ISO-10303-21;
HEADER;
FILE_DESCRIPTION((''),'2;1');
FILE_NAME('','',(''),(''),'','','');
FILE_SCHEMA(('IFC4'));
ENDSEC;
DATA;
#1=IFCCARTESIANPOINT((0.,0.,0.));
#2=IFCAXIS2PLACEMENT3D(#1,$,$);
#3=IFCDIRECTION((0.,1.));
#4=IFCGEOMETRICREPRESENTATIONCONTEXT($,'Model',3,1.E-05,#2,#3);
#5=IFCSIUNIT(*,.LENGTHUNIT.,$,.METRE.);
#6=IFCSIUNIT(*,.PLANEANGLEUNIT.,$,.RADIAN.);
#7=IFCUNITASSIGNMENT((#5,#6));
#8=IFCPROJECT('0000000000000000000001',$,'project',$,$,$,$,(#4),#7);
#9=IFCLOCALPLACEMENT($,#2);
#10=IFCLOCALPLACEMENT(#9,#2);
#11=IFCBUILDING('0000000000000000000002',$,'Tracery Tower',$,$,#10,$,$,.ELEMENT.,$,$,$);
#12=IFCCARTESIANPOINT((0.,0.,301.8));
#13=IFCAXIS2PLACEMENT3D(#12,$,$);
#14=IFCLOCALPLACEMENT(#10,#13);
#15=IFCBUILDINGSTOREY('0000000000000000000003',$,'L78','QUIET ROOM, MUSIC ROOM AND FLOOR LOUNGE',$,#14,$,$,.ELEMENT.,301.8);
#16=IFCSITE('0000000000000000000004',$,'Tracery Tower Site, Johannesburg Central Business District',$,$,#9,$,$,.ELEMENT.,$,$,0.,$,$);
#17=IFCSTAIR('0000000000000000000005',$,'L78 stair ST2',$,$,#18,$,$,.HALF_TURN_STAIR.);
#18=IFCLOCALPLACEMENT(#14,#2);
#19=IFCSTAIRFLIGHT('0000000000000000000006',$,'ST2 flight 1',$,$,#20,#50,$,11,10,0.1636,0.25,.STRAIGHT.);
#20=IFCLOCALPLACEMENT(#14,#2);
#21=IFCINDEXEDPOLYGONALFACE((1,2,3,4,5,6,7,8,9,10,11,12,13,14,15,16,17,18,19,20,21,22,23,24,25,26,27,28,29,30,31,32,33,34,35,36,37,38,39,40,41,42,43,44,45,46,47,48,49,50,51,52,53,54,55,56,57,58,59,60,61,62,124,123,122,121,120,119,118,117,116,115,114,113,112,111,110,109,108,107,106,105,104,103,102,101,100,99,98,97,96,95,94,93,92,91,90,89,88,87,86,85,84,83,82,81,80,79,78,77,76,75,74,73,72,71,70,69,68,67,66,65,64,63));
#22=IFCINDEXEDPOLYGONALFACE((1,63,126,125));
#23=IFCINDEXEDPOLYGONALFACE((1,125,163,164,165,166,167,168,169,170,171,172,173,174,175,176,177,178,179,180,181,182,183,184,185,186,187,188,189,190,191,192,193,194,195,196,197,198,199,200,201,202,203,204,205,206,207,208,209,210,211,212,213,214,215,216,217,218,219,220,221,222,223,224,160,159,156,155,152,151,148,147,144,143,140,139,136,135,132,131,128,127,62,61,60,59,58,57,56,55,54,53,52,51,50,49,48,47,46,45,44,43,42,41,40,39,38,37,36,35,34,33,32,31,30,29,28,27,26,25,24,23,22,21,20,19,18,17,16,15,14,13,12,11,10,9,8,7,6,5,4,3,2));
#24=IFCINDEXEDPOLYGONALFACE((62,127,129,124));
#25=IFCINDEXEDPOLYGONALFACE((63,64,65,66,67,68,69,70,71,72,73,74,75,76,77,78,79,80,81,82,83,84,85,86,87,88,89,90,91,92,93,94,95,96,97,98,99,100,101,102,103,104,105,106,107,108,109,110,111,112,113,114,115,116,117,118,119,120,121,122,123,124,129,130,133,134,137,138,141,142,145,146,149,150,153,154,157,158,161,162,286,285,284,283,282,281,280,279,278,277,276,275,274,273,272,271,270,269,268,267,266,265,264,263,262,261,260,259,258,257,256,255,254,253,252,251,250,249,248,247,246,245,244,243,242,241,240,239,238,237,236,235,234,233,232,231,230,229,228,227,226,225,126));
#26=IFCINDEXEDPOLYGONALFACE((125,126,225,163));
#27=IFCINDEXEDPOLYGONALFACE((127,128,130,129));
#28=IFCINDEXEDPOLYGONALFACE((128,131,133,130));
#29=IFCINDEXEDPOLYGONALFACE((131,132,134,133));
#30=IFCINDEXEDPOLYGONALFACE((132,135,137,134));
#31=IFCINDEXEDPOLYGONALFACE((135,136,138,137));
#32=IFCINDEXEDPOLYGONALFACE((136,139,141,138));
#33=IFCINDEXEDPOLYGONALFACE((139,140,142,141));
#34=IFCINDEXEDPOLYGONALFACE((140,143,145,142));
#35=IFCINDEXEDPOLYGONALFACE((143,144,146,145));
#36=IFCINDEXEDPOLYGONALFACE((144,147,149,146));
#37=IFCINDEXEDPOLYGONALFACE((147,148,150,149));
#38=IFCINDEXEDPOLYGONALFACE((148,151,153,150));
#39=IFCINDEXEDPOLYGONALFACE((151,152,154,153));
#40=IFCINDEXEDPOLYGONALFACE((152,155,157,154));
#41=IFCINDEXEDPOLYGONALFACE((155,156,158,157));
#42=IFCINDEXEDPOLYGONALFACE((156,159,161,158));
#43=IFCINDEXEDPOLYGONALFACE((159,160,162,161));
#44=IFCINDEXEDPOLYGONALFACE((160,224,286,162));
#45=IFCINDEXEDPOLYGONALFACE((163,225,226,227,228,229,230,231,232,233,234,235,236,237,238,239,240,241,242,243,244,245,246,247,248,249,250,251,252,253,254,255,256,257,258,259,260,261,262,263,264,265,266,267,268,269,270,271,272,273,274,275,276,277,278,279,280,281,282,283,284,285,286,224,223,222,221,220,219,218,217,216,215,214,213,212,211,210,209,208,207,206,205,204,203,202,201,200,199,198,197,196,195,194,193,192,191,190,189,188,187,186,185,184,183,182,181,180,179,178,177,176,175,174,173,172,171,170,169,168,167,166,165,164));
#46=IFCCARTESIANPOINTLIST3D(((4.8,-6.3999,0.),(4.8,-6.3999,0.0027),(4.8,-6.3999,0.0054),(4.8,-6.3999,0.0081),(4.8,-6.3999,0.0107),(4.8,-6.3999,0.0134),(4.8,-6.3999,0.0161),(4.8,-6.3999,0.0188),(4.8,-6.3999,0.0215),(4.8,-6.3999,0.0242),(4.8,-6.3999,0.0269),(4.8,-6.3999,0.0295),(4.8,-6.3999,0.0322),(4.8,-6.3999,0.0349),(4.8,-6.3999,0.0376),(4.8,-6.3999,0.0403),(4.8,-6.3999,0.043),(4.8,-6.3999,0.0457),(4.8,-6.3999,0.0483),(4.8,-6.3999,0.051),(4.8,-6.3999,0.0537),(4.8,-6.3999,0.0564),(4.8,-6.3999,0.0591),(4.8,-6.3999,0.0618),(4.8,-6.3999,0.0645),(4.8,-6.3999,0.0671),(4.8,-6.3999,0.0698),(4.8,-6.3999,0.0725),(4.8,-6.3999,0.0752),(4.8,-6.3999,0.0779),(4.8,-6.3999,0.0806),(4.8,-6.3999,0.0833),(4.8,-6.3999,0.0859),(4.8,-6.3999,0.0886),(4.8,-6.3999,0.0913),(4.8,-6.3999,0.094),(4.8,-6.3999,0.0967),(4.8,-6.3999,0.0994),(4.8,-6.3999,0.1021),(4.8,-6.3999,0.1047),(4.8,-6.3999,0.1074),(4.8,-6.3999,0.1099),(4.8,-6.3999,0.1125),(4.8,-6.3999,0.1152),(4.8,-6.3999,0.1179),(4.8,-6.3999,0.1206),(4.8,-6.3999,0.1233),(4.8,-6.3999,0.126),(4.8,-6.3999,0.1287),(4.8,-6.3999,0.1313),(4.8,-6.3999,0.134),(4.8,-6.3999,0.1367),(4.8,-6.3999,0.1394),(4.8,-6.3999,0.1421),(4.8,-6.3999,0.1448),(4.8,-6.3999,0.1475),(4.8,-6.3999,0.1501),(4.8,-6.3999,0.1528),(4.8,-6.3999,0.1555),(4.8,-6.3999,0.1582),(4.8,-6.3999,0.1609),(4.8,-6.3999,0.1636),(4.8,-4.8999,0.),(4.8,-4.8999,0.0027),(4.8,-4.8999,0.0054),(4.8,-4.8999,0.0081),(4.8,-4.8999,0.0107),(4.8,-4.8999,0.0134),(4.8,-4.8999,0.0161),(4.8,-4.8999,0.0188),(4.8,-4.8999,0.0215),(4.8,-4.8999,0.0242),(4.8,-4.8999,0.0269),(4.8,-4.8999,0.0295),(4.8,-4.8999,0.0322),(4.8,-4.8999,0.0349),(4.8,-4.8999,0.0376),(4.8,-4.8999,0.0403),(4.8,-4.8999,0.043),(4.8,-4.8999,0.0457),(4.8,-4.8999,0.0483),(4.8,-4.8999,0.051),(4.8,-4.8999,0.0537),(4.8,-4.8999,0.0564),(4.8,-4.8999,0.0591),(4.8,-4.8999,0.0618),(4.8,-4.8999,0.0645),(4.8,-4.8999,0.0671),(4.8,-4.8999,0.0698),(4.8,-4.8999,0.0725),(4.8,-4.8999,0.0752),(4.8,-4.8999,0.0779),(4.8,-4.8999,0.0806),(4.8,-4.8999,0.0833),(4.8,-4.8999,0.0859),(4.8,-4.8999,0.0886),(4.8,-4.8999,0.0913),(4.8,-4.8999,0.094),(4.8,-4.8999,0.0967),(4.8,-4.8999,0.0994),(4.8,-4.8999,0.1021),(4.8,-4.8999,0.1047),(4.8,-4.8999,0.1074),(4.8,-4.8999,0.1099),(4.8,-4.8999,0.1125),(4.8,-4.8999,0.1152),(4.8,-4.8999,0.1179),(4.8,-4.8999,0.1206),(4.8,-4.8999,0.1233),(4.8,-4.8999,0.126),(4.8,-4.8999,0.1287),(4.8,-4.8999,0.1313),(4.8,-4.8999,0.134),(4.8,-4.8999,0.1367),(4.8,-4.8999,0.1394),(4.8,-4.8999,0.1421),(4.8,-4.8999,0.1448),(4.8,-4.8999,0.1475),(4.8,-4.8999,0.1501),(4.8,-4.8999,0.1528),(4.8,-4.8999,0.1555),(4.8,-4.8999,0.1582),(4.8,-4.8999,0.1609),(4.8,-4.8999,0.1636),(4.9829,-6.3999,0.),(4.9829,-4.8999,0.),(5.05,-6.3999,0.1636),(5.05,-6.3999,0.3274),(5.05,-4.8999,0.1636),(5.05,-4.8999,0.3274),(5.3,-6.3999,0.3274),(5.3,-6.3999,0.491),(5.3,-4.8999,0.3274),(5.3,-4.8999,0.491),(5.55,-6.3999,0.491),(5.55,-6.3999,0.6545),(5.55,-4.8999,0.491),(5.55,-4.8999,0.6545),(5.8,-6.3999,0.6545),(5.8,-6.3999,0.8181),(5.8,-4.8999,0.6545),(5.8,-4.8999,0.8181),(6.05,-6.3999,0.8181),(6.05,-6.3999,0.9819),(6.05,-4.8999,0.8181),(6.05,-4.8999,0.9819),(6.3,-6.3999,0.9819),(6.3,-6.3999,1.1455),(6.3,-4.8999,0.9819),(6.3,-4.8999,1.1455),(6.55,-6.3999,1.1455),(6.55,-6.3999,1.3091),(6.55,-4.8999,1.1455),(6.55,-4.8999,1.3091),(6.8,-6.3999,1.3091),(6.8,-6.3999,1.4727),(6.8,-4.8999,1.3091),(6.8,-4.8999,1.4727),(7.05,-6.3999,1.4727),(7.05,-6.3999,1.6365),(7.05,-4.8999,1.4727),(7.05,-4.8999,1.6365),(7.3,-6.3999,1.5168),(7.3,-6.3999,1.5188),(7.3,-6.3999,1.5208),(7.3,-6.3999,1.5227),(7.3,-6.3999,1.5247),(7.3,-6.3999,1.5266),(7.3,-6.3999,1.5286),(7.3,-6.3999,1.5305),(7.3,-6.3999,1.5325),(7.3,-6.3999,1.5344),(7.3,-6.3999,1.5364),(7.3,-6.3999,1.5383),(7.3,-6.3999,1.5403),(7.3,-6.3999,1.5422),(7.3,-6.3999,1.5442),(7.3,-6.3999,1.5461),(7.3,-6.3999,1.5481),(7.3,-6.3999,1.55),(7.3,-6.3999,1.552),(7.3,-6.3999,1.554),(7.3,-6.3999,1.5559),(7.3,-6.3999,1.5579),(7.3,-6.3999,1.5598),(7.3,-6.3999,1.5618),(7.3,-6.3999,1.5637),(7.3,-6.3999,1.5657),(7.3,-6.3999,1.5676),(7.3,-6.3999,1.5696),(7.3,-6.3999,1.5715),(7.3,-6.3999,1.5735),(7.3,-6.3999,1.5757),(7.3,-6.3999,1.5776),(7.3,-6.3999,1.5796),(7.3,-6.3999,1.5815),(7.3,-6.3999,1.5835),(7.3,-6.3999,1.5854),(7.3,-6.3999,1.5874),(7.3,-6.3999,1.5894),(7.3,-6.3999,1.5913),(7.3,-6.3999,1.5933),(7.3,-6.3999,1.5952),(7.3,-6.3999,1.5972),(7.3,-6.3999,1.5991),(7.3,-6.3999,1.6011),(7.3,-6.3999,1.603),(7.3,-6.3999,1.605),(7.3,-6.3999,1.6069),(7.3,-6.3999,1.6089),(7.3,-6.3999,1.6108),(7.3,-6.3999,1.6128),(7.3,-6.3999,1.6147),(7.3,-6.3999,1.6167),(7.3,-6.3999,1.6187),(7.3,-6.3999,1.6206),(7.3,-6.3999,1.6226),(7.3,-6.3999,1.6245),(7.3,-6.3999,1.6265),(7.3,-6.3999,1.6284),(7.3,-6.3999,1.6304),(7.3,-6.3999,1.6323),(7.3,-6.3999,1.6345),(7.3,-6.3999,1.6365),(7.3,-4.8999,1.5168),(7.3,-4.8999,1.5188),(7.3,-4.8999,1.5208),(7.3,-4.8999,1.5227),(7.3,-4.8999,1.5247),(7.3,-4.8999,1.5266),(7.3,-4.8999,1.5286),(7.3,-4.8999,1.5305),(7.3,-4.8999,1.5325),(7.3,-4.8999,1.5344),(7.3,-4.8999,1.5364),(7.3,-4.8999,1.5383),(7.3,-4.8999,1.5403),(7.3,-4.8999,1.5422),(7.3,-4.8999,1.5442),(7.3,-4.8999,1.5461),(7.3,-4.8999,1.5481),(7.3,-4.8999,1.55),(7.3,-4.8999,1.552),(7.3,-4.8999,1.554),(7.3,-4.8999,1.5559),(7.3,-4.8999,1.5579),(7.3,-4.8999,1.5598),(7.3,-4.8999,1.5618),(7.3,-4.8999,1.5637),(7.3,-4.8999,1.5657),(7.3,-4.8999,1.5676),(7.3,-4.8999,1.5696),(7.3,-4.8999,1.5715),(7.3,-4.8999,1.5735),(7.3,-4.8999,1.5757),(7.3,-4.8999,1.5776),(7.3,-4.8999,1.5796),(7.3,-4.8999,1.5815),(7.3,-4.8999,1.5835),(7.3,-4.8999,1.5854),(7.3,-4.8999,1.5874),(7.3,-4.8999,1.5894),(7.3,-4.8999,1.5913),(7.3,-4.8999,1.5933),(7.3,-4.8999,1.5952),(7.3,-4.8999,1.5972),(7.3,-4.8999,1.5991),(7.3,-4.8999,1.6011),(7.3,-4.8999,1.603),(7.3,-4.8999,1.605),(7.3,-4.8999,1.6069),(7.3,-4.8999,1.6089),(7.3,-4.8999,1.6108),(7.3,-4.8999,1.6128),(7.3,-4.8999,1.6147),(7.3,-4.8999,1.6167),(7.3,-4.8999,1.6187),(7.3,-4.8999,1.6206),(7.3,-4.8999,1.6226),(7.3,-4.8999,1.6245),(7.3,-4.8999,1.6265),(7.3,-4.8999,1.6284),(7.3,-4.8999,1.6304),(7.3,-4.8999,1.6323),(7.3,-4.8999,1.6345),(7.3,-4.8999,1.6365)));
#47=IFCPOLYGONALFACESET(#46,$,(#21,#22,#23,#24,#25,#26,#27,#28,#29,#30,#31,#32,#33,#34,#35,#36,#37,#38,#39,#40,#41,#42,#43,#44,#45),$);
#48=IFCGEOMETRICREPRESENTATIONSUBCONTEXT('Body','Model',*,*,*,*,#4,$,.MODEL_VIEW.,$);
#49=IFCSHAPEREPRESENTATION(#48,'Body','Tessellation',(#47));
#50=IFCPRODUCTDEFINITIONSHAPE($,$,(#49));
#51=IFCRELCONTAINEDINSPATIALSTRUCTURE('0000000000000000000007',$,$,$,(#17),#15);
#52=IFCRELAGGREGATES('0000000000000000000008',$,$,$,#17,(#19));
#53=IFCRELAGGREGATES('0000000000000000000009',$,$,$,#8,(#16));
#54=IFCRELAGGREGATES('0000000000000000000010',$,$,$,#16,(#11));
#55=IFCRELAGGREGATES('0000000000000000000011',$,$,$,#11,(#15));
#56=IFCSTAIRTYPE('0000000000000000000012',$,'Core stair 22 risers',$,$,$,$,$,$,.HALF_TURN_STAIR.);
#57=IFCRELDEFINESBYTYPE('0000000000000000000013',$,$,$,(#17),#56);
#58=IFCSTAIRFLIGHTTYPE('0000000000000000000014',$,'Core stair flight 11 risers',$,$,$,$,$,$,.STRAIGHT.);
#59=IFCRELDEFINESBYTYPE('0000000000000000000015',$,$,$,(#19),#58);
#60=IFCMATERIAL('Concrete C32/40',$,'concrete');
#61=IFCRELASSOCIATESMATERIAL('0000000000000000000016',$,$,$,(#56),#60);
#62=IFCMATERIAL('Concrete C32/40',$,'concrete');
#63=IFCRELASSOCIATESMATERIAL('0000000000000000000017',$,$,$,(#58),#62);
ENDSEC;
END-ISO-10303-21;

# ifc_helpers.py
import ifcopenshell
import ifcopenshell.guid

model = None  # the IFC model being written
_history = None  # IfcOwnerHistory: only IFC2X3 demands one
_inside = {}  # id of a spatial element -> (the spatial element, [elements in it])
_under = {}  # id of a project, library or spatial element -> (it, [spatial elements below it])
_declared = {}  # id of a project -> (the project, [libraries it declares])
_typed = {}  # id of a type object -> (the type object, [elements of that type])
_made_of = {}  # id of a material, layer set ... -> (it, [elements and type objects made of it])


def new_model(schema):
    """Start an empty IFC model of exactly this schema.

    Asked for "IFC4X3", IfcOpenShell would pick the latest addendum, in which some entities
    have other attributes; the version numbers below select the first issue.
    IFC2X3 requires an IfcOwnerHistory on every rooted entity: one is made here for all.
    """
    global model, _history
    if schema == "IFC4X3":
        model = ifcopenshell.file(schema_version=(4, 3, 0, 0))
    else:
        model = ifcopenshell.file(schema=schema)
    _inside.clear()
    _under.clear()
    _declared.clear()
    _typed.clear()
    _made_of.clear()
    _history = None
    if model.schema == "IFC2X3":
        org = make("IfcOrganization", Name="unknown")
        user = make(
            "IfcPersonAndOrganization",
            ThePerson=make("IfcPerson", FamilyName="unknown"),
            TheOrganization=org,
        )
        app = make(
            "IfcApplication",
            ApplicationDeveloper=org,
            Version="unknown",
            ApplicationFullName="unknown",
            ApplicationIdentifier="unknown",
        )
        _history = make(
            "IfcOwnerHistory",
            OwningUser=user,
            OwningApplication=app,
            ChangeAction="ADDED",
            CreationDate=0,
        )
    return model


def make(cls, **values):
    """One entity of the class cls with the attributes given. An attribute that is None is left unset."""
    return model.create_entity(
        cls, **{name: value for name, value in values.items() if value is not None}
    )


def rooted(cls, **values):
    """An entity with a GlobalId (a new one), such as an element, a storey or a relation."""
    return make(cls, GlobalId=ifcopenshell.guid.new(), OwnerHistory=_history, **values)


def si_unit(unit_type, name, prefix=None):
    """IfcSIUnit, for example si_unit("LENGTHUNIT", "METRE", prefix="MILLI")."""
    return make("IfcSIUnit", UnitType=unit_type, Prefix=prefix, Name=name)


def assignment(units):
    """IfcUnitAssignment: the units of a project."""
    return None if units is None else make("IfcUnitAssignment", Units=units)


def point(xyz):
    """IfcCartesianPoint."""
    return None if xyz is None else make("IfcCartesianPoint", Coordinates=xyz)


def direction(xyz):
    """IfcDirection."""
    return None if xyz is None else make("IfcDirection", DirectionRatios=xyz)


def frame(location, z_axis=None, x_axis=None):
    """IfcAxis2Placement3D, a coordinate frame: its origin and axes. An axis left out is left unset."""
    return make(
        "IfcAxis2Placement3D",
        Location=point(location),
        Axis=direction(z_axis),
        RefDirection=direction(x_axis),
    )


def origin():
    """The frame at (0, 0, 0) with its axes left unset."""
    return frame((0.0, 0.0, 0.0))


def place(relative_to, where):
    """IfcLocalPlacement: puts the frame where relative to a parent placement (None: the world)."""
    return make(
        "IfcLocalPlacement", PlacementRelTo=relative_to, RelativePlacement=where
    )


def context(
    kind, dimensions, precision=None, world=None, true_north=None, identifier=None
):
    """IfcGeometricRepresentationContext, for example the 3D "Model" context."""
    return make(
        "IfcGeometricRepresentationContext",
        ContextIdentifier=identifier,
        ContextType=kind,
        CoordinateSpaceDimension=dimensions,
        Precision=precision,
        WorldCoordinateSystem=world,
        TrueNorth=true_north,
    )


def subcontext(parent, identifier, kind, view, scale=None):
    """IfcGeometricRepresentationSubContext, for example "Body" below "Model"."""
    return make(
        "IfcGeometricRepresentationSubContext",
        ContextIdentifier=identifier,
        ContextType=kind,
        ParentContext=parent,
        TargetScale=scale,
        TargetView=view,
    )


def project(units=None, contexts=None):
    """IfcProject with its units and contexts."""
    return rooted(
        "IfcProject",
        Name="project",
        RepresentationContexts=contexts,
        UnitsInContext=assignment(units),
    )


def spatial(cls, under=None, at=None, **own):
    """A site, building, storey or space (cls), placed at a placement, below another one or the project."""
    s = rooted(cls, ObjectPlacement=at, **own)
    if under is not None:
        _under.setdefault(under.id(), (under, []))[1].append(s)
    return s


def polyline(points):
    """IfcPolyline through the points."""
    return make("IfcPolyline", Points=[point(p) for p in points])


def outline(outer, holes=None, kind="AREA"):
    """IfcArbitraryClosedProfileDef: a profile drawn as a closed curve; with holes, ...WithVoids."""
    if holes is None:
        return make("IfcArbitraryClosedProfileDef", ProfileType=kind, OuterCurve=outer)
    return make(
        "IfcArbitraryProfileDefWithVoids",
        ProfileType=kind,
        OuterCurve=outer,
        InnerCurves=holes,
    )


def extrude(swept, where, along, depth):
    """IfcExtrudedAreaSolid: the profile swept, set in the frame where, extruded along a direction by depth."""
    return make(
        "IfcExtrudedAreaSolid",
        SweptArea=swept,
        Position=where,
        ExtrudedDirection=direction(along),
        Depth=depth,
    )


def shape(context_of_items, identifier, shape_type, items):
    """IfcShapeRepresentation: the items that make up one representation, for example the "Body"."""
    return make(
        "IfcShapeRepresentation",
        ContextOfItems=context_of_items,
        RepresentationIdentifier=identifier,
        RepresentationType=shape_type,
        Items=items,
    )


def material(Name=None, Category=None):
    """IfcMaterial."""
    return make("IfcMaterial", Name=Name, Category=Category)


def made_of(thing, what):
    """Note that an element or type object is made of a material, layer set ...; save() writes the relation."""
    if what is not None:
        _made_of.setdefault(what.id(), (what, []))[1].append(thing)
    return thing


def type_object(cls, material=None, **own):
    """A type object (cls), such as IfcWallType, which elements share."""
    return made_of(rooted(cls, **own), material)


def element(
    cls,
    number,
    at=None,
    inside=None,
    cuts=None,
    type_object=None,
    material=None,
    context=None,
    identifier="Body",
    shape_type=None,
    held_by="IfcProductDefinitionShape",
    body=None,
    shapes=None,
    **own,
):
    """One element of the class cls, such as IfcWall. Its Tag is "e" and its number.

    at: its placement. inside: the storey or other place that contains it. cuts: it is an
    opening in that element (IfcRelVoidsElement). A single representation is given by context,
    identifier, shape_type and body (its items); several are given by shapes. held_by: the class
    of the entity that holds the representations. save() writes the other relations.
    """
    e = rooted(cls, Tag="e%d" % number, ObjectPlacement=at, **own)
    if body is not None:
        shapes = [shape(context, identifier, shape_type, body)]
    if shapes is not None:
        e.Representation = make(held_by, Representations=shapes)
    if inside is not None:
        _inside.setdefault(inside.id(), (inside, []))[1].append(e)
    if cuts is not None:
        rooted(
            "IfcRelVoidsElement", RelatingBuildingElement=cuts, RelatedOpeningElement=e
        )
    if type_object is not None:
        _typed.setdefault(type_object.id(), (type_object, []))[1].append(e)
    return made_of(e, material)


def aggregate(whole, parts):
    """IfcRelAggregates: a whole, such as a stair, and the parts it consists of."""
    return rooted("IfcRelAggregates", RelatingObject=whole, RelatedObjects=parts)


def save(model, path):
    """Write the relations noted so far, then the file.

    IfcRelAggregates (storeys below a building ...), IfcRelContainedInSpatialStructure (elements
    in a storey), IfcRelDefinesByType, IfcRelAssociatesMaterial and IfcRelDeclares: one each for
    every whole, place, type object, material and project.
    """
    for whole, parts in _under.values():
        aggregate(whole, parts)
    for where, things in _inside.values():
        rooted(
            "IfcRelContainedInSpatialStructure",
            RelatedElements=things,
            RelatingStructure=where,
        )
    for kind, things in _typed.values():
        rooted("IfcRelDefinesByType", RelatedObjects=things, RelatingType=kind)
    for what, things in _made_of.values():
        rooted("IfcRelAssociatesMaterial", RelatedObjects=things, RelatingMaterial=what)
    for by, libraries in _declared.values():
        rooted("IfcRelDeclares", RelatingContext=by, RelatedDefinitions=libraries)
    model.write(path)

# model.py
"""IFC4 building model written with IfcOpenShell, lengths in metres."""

from ifc_helpers import new_model, si_unit, direction, frame, origin, place, context, subcontext, project, spatial, polyline, outline, extrude, material, type_object, element, aggregate, save


model = new_model("IFC4")

# Units and contexts
model_context = context("Model", 3, precision=1e-05, world=origin(), true_north=direction((0.0, 1.0)))
body_context = subcontext(model_context, "Body", "Model", "MODEL_VIEW")
ifc_project = project(units=[si_unit("LENGTHUNIT", "METRE"), si_unit("PLANEANGLEUNIT", "RADIAN")], contexts=[model_context])

# Site, building, storey
site_placement = place(None, origin())
site = spatial("IfcSite", under=ifc_project, at=site_placement, Name="Tracery Tower Site, Johannesburg Central Business District", CompositionType="ELEMENT", RefElevation=0.0)
building_placement = place(site_placement, origin())
building = spatial("IfcBuilding", under=site, at=building_placement, Name="Tracery Tower", CompositionType="ELEMENT")
storey_placement = place(building_placement, frame((0.0, 0.0, 301.8)))
storey = spatial("IfcBuildingStorey", under=building, at=storey_placement, Name="L78", Description="QUIET ROOM, MUSIC ROOM AND FLOOR LOUNGE", CompositionType="ELEMENT", Elevation=301.8)

# Stair, stair flight
ifc_material_1 = material(Name="Concrete C32/40", Category="concrete")
stair_type = type_object("IfcStairType", Name="Core stair 22 risers", PredefinedType="HALF_TURN_STAIR", material=ifc_material_1)
stair_placement = place(storey_placement, origin())
stair = element("IfcStair", 1, at=stair_placement, inside=storey, type_object=stair_type, Name="L78 stair ST2", PredefinedType="HALF_TURN_STAIR")
ifc_material_2 = material(Name="Concrete C32/40", Category="concrete")
stair_flight_type = type_object("IfcStairFlightType", Name="Core stair flight 11 risers", PredefinedType="STRAIGHT", material=ifc_material_2)
stair_flight_placement = place(storey_placement, frame((4.8, -5.6499, 0.0), z_axis=(0.0, 0.0, 1.0), x_axis=(1.0, 0.0, 0.0)))
stair_flight = element("IfcStairFlight", 2, at=stair_flight_placement, type_object=stair_flight_type, Name="ST2 flight 1", NumberOfRisers=11, NumberOfTreads=10, PredefinedType="STRAIGHT", RiserHeight=0.1636, TreadLength=0.25, context=body_context, shape_type="SweptSolid", body=[
    extrude(outline(polyline([(0.0, 0.0), (0.0, 0.0027), (0.0, 0.0054), (0.0, 0.0081), (0.0, 0.0107), (0.0, 0.0134), (0.0, 0.0161), (0.0, 0.0188), (0.0, 0.0215), (0.0, 0.0242), (0.0, 0.0269), (0.0, 0.0295), (0.0, 0.0322), (0.0, 0.0349), (0.0, 0.0376), (0.0, 0.0403), (0.0, 0.043), (0.0, 0.0457), (0.0, 0.0483), (0.0, 0.051), (0.0, 0.0537), (0.0, 0.0564), (0.0, 0.0591), (0.0, 0.0618), (0.0, 0.0645), (0.0, 0.0671), (0.0, 0.0698), (0.0, 0.0725), (0.0, 0.0752), (0.0, 0.0779), (0.0, 0.0806), (0.0, 0.0833), (0.0, 0.0859), (0.0, 0.0886), (0.0, 0.0913), (0.0, 0.094), (0.0, 0.0967), (0.0, 0.0994), (0.0, 0.1021), (0.0, 0.1047), (0.0, 0.1074), (0.0, 0.1099), (0.0, 0.1125), (0.0, 0.1152), (0.0, 0.1179), (0.0, 0.1206), (0.0, 0.1233), (0.0, 0.126), (0.0, 0.1287), (0.0, 0.1313), (0.0, 0.134), (0.0, 0.1367), (0.0, 0.1394), (0.0, 0.1421), (0.0, 0.1448), (0.0, 0.1475), (0.0, 0.1501), (0.0, 0.1528), (0.0, 0.1555), (0.0, 0.1582), (0.0, 0.1609), (0.0, 0.1636), (0.25, 0.1636), (0.25, 0.3274), (0.5, 0.3274), (0.5, 0.491), (0.75, 0.491), (0.75, 0.6545), (1.0, 0.6545), (1.0, 0.8181), (1.25, 0.8181), (1.25, 0.9819), (1.5, 0.9819), (1.5, 1.1455), (1.75, 1.1455), (1.75, 1.3091), (2.0, 1.3091), (2.0, 1.4727), (2.25, 1.4727), (2.25, 1.6365), (2.5, 1.6365), (2.5, 1.6345), (2.5, 1.6323), (2.5, 1.6304), (2.5, 1.6284), (2.5, 1.6265), (2.5, 1.6245), (2.5, 1.6226), (2.5, 1.6206), (2.5, 1.6187), (2.5, 1.6167), (2.5, 1.6147), (2.5, 1.6128), (2.5, 1.6108), (2.5, 1.6089), (2.5, 1.6069), (2.5, 1.605), (2.5, 1.603), (2.5, 1.6011), (2.5, 1.5991), (2.5, 1.5972), (2.5, 1.5952), (2.5, 1.5933), (2.5, 1.5913), (2.5, 1.5894), (2.5, 1.5874), (2.5, 1.5854), (2.5, 1.5835), (2.5, 1.5815), (2.5, 1.5796), (2.5, 1.5776), (2.5, 1.5757), (2.5, 1.5735), (2.5, 1.5715), (2.5, 1.5696), (2.5, 1.5676), (2.5, 1.5657), (2.5, 1.5637), (2.5, 1.5618), (2.5, 1.5598), (2.5, 1.5579), (2.5, 1.5559), (2.5, 1.554), (2.5, 1.552), (2.5, 1.55), (2.5, 1.5481), (2.5, 1.5461), (2.5, 1.5442), (2.5, 1.5422), (2.5, 1.5403), (2.5, 1.5383), (2.5, 1.5364), (2.5, 1.5344), (2.5, 1.5325), (2.5, 1.5305), (2.5, 1.5286), (2.5, 1.5266), (2.5, 1.5247), (2.5, 1.5227), (2.5, 1.5208), (2.5, 1.5188), (2.5, 1.5168), (0.1829, 0.0), (0.0, 0.0)])), frame((0.0, 0.75, 0.0), z_axis=(0.0, -1.0, 0.0), x_axis=(1.0, 0.0, 0.0)), (0.0, 0.0, 1.0), 1.5),
])
aggregate(stair, [stair_flight])

save(model, "model.ifc")
